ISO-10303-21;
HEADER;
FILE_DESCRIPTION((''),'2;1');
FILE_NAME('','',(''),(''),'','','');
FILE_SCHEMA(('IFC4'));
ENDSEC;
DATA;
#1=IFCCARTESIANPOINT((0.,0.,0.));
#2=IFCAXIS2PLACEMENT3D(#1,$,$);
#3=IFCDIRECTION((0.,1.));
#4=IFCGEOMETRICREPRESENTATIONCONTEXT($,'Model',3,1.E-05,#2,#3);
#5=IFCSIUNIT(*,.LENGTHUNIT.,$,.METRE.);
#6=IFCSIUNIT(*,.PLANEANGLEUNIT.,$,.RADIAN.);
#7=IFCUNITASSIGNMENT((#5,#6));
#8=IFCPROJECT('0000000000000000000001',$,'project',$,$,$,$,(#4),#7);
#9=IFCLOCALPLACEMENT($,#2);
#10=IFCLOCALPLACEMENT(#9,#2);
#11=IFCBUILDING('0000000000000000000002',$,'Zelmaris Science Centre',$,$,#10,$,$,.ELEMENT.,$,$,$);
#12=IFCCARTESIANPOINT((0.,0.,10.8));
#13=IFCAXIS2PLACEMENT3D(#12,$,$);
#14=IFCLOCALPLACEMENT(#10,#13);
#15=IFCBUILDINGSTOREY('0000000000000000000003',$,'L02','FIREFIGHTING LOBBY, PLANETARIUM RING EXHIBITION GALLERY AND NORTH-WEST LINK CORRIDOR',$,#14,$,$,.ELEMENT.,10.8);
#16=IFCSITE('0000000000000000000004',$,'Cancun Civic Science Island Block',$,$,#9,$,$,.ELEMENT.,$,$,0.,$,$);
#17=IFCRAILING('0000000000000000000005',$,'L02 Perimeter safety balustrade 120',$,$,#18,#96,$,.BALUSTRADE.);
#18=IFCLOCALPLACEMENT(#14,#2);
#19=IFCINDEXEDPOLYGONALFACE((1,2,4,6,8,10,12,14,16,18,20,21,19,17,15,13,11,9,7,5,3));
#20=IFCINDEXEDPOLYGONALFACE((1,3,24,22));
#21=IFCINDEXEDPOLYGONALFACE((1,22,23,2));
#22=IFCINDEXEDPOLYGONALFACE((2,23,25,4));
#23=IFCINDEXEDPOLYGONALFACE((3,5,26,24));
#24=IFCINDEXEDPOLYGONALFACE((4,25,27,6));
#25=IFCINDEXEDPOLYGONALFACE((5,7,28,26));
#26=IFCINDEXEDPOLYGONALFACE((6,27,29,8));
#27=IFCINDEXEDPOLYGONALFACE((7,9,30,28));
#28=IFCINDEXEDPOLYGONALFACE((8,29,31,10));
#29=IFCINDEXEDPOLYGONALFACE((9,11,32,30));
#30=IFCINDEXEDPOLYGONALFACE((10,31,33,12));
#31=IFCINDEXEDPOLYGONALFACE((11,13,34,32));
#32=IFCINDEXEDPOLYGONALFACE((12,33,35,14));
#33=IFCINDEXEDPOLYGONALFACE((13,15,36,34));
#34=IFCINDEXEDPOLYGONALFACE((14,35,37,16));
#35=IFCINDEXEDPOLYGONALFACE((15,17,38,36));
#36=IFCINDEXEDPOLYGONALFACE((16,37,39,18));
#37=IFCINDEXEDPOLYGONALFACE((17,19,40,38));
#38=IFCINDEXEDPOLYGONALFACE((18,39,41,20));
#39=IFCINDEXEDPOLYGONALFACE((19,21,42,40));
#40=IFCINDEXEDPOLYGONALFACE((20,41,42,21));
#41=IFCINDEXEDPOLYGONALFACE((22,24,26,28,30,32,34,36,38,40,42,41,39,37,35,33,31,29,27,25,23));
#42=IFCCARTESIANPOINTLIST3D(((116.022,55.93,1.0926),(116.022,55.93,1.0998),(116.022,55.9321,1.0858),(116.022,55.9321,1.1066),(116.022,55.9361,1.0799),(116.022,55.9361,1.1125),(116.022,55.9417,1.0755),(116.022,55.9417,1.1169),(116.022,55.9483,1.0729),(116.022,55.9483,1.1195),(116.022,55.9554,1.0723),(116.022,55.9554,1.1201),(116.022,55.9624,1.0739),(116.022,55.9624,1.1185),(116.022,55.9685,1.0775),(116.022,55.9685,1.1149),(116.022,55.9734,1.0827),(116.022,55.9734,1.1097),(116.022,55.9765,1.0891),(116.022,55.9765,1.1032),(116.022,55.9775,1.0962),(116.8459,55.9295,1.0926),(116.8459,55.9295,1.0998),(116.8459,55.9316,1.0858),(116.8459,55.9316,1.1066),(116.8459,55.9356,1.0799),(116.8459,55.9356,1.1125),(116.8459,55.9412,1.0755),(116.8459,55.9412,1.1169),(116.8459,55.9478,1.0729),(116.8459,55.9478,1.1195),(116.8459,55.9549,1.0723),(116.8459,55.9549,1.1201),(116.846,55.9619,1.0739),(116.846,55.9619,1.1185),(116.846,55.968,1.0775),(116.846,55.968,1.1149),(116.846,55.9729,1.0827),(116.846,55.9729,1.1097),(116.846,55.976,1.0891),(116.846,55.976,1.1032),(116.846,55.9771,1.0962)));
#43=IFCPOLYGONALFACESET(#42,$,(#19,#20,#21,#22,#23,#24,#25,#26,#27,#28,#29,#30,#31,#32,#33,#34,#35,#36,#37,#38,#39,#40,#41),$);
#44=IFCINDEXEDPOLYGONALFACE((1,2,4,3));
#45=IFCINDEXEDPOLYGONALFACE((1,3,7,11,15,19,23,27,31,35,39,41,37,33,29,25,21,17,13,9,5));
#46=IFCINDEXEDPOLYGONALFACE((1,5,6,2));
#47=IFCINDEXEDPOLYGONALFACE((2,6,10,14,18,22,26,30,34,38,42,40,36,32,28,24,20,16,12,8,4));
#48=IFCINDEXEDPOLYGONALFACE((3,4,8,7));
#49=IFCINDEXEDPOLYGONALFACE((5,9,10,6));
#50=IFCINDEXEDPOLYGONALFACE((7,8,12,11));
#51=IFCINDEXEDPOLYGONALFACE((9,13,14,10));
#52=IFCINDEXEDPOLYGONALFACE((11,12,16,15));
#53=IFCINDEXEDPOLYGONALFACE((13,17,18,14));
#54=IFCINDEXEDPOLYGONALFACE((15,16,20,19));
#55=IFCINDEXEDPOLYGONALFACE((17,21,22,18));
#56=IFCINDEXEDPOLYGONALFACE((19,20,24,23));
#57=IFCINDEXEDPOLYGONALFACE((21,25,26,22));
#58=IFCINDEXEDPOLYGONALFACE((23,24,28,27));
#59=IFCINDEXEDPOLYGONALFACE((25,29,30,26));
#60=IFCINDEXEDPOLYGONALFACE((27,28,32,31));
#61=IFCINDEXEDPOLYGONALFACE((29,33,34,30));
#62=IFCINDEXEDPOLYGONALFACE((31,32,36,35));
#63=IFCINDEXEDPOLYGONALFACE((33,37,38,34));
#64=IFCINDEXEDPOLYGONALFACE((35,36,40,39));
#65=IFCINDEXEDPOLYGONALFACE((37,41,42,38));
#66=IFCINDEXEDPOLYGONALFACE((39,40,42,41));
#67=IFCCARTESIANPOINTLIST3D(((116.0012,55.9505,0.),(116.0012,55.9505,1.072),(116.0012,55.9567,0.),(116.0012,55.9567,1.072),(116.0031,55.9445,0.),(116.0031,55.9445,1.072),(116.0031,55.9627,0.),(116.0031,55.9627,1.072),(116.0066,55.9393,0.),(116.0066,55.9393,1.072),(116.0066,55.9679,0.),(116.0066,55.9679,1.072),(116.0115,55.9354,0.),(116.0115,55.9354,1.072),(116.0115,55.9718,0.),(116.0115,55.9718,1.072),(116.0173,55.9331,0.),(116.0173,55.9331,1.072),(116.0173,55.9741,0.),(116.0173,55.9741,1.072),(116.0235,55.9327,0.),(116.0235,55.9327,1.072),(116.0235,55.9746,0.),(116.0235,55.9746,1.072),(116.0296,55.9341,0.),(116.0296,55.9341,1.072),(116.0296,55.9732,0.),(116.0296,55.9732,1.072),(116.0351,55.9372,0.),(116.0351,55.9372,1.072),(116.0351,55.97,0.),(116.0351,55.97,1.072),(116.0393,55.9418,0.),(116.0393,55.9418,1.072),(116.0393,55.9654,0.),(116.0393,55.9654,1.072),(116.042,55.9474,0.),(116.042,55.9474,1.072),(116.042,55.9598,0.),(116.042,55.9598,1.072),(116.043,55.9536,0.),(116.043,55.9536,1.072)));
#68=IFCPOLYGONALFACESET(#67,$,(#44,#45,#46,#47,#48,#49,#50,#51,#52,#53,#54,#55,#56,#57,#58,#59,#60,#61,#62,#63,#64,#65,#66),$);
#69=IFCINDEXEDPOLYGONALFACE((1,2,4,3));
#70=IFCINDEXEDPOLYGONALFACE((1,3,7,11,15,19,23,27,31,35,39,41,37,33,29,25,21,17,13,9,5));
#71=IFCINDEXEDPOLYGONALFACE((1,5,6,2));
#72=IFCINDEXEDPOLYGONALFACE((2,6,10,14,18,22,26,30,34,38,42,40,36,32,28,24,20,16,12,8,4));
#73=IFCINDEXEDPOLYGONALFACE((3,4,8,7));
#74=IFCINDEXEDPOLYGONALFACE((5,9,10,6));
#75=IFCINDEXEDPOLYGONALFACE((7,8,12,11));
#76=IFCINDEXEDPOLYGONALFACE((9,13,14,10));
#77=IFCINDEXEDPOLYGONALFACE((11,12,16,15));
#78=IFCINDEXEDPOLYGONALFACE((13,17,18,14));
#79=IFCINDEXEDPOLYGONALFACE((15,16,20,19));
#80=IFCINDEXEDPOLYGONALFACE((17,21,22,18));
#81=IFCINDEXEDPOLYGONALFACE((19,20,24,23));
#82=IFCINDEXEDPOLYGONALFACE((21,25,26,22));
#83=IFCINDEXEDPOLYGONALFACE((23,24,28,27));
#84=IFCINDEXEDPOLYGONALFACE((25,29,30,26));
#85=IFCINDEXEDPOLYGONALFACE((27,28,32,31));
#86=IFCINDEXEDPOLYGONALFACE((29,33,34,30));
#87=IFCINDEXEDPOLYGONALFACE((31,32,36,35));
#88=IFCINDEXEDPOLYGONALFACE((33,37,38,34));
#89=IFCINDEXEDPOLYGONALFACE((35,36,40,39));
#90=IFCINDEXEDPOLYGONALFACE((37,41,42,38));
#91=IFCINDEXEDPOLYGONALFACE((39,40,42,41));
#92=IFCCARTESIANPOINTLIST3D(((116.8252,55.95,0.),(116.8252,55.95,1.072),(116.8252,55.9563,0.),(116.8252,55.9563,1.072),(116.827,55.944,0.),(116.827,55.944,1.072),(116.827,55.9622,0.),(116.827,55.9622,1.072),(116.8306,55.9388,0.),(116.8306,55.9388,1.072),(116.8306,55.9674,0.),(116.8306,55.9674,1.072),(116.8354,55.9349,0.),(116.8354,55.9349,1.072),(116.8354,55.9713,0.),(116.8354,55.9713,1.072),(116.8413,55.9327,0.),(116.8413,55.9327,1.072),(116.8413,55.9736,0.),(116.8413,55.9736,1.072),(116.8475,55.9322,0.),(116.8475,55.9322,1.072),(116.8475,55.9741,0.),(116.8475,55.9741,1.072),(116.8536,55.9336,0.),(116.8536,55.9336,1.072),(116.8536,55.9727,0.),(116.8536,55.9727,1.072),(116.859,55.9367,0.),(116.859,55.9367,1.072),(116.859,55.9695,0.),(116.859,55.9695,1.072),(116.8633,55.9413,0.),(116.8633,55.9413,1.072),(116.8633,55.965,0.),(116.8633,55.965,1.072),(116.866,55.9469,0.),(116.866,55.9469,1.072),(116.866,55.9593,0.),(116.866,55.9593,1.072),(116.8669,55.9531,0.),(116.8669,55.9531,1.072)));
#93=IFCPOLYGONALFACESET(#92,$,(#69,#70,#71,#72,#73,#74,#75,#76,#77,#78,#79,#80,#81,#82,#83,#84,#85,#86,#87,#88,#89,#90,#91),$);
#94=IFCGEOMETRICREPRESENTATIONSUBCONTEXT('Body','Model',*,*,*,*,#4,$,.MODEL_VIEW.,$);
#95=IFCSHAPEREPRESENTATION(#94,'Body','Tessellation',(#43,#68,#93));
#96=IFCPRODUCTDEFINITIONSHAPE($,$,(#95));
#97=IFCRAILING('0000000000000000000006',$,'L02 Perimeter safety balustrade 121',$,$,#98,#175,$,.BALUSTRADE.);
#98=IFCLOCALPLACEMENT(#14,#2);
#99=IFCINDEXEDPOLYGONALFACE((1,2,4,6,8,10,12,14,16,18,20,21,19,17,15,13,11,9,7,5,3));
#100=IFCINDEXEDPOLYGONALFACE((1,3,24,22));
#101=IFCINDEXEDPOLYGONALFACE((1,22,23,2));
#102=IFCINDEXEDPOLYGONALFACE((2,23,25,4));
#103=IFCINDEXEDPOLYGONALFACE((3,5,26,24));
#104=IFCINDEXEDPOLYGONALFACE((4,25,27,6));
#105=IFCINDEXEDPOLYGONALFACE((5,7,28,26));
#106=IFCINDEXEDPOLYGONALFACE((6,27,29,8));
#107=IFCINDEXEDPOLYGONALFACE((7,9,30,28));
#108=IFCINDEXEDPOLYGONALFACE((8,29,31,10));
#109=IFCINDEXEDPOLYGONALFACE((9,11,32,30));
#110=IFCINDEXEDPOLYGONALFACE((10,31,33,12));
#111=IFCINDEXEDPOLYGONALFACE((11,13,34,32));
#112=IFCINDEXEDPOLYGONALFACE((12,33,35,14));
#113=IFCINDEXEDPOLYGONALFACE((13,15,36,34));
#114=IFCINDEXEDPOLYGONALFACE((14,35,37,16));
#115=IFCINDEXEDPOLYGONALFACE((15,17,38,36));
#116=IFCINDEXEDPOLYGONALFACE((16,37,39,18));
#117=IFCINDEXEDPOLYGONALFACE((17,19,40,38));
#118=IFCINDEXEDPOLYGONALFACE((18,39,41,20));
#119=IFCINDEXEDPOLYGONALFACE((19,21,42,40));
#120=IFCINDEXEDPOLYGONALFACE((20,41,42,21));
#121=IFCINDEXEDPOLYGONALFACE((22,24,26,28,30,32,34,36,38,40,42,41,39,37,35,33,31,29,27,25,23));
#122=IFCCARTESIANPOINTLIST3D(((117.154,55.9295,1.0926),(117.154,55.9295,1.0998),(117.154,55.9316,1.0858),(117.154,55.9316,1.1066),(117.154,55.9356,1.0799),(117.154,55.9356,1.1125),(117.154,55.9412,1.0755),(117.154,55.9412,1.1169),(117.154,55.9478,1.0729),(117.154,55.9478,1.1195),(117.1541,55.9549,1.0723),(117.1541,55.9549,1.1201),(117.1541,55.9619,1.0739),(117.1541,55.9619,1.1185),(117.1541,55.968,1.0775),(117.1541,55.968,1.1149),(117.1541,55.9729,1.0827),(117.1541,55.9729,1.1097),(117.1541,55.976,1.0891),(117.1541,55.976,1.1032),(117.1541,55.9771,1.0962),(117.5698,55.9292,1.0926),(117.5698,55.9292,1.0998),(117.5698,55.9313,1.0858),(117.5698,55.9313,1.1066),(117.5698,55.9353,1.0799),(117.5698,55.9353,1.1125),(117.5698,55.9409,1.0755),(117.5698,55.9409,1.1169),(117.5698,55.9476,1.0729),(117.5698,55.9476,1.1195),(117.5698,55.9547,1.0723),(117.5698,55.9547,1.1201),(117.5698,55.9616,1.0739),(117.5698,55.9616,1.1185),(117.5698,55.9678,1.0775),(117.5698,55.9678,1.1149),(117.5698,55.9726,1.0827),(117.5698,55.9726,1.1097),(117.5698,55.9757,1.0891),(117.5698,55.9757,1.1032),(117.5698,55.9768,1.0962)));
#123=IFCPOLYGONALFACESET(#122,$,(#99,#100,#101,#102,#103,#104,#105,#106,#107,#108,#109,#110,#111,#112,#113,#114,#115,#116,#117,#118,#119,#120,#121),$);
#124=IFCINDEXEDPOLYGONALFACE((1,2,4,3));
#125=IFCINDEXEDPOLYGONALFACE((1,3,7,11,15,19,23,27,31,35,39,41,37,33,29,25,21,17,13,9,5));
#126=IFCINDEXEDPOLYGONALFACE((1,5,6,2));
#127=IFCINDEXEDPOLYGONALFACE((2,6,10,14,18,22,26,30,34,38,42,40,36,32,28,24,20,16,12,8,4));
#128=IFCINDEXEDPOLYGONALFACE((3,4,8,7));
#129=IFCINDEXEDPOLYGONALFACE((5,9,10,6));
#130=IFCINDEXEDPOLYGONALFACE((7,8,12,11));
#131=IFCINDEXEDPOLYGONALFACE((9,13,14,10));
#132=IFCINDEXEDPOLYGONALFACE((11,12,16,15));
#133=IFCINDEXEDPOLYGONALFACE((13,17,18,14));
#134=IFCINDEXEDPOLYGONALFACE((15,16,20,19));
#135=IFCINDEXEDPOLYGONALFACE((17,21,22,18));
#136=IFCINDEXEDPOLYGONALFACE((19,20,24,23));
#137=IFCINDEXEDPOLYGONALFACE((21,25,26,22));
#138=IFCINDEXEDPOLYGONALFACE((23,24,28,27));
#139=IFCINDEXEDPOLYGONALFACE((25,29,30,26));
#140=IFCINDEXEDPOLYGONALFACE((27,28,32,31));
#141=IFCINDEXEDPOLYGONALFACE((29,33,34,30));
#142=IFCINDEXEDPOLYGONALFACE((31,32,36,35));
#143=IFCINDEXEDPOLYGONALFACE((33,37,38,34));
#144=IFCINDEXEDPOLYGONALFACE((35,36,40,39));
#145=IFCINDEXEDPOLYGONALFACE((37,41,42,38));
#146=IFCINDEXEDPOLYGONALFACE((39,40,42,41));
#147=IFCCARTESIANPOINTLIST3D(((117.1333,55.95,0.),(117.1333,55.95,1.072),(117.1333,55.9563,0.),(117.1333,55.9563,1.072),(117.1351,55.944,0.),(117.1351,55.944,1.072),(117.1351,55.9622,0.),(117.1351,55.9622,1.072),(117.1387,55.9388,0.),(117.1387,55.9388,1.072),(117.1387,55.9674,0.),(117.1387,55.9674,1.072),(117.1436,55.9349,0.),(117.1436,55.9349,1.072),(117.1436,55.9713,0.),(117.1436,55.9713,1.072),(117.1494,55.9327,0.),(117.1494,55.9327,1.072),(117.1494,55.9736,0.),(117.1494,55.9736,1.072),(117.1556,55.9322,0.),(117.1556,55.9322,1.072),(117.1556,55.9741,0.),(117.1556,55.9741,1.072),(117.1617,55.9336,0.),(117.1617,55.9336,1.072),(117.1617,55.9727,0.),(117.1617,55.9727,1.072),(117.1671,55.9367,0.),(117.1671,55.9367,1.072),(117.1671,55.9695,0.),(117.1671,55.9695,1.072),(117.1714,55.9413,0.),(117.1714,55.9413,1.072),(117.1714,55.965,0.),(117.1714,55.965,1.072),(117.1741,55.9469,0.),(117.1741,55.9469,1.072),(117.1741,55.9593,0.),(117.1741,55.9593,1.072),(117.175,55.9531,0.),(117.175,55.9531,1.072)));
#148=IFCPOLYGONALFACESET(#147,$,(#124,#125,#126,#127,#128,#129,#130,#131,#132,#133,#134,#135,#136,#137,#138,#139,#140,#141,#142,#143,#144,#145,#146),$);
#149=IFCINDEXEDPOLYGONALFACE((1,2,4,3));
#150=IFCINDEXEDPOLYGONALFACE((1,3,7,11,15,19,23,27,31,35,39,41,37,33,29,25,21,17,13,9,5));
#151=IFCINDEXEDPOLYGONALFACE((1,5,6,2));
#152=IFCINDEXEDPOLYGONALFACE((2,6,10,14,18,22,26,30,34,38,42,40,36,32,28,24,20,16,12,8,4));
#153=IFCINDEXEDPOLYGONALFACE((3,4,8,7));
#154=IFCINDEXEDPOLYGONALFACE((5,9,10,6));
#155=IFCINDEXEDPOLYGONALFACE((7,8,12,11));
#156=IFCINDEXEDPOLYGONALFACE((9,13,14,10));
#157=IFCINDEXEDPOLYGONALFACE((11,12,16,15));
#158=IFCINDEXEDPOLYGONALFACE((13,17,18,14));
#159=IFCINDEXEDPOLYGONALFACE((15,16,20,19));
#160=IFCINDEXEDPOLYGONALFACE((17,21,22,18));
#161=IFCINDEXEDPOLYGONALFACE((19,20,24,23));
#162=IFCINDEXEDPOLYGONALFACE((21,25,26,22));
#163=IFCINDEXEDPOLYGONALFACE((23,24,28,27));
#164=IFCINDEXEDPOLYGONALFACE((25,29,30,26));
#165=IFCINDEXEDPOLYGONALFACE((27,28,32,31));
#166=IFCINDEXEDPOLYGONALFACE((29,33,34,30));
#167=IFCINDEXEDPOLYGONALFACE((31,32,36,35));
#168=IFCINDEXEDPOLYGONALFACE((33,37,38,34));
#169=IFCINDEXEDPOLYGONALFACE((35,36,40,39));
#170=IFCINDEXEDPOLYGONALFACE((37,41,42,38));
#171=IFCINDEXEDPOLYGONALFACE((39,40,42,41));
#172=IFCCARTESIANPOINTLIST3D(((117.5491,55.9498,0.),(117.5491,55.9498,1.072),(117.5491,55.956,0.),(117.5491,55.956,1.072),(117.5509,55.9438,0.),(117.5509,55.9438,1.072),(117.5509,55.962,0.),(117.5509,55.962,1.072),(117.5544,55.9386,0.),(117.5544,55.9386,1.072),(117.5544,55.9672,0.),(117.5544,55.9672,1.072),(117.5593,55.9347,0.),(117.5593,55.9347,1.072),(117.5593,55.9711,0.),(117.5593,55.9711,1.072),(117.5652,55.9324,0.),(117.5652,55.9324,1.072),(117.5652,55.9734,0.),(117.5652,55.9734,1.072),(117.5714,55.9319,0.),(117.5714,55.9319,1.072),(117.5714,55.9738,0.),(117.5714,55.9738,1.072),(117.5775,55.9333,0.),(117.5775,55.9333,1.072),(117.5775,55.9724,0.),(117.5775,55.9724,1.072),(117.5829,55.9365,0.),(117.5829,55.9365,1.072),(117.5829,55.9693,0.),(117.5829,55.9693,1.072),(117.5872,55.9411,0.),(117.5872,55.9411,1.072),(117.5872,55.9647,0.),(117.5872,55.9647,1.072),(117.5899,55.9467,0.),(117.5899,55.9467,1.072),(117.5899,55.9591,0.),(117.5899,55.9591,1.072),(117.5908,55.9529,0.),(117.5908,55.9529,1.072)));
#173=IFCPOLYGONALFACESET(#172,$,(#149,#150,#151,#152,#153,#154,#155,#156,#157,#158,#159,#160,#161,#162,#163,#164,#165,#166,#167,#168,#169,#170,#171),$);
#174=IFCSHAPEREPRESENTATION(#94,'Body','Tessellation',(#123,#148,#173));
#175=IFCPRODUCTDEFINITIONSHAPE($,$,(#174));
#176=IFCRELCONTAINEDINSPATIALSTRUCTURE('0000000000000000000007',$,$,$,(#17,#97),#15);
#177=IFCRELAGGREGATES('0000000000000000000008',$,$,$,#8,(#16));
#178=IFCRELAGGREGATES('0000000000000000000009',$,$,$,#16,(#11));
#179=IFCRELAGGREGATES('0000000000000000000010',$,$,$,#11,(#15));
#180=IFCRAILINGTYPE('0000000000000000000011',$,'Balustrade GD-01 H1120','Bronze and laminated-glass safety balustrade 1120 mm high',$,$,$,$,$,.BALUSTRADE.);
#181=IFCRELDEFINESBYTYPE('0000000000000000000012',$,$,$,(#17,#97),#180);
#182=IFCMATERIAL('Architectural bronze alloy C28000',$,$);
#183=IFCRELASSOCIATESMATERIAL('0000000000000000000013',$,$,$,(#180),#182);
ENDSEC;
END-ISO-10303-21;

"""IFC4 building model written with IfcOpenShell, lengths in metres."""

from ifc_helpers import new_model, si_unit, direction, frame, origin, origin_2d, place, context, subcontext, project, spatial, circle, extrude, material, type_object, element, save


model = new_model("IFC4")

# Units and contexts
model_context = context("Model", 3, precision=1e-05, world=origin(), true_north=direction((0.0, 1.0)))
body_context = subcontext(model_context, "Body", "Model", "MODEL_VIEW")
ifc_project = project(units=[si_unit("LENGTHUNIT", "METRE"), si_unit("PLANEANGLEUNIT", "RADIAN")], contexts=[model_context])

# Site, building, storey
site_placement = place(None, origin())
site = spatial("IfcSite", under=ifc_project, at=site_placement, Name="Cancun Civic Science Island Block", CompositionType="ELEMENT", RefElevation=0.0)
building_placement = place(site_placement, origin())
building = spatial("IfcBuilding", under=site, at=building_placement, Name="Zelmaris Science Centre", CompositionType="ELEMENT")
storey_placement = place(building_placement, frame((0.0, 0.0, 10.8)))
storey = spatial("IfcBuildingStorey", under=building, at=storey_placement, Name="L02", Description="FIREFIGHTING LOBBY, PLANETARIUM RING EXHIBITION GALLERY AND NORTH-WEST LINK CORRIDOR", CompositionType="ELEMENT", Elevation=10.8)

# Railings
ifc_material_1 = material(Name="Architectural bronze alloy C28000")
railing_type = type_object("IfcRailingType", Name="Balustrade GD-01 H1120", Description="Bronze and laminated-glass safety balustrade 1120 mm high", PredefinedType="BALUSTRADE", material=ifc_material_1)
railing_1_placement = place(storey_placement, frame((116.022, 55.9536, 0.0)))
element("IfcRailing", 1, at=railing_1_placement, inside=storey, type_object=railing_type, Name="L02 Perimeter safety balustrade 120", PredefinedType="BALUSTRADE", context=body_context, shape_type="SweptSolid", body=[
    extrude(circle(Radius=0.0239, at=origin_2d()), frame((0.0, 0.0, 1.0962), z_axis=(1.0, -0.000593, 0.0), x_axis=(0.000593, 1.0, 0.0)), (0.0, 0.0, 1.0), 0.824),
    extrude(circle(Radius=0.021, at=origin_2d()), origin(), (0.0, 0.0, 1.0), 1.072),
    extrude(circle(Radius=0.021, at=origin_2d()), frame((0.824, -0.0005, 0.0)), (0.0, 0.0, 1.0), 1.072),
])
railing_2_placement = place(storey_placement, frame((117.1541, 55.9531, 0.0)))
element("IfcRailing", 2, at=railing_2_placement, inside=storey, type_object=railing_type, Name="L02 Perimeter safety balustrade 121", PredefinedType="BALUSTRADE", context=body_context, shape_type="SweptSolid", body=[
    extrude(circle(Radius=0.0239, at=origin_2d()), frame((0.0, 0.0, 1.0962), z_axis=(1.0, -0.000587, 0.0), x_axis=(0.000587, 1.0, 0.0)), (0.0, 0.0, 1.0), 0.4158),
    extrude(circle(Radius=0.021, at=origin_2d()), origin(), (0.0, 0.0, 1.0), 1.072),
    extrude(circle(Radius=0.021, at=origin_2d()), frame((0.4158, -0.0002, 0.0)), (0.0, 0.0, 1.0), 1.072),
])

save(model, "model.ifc")
